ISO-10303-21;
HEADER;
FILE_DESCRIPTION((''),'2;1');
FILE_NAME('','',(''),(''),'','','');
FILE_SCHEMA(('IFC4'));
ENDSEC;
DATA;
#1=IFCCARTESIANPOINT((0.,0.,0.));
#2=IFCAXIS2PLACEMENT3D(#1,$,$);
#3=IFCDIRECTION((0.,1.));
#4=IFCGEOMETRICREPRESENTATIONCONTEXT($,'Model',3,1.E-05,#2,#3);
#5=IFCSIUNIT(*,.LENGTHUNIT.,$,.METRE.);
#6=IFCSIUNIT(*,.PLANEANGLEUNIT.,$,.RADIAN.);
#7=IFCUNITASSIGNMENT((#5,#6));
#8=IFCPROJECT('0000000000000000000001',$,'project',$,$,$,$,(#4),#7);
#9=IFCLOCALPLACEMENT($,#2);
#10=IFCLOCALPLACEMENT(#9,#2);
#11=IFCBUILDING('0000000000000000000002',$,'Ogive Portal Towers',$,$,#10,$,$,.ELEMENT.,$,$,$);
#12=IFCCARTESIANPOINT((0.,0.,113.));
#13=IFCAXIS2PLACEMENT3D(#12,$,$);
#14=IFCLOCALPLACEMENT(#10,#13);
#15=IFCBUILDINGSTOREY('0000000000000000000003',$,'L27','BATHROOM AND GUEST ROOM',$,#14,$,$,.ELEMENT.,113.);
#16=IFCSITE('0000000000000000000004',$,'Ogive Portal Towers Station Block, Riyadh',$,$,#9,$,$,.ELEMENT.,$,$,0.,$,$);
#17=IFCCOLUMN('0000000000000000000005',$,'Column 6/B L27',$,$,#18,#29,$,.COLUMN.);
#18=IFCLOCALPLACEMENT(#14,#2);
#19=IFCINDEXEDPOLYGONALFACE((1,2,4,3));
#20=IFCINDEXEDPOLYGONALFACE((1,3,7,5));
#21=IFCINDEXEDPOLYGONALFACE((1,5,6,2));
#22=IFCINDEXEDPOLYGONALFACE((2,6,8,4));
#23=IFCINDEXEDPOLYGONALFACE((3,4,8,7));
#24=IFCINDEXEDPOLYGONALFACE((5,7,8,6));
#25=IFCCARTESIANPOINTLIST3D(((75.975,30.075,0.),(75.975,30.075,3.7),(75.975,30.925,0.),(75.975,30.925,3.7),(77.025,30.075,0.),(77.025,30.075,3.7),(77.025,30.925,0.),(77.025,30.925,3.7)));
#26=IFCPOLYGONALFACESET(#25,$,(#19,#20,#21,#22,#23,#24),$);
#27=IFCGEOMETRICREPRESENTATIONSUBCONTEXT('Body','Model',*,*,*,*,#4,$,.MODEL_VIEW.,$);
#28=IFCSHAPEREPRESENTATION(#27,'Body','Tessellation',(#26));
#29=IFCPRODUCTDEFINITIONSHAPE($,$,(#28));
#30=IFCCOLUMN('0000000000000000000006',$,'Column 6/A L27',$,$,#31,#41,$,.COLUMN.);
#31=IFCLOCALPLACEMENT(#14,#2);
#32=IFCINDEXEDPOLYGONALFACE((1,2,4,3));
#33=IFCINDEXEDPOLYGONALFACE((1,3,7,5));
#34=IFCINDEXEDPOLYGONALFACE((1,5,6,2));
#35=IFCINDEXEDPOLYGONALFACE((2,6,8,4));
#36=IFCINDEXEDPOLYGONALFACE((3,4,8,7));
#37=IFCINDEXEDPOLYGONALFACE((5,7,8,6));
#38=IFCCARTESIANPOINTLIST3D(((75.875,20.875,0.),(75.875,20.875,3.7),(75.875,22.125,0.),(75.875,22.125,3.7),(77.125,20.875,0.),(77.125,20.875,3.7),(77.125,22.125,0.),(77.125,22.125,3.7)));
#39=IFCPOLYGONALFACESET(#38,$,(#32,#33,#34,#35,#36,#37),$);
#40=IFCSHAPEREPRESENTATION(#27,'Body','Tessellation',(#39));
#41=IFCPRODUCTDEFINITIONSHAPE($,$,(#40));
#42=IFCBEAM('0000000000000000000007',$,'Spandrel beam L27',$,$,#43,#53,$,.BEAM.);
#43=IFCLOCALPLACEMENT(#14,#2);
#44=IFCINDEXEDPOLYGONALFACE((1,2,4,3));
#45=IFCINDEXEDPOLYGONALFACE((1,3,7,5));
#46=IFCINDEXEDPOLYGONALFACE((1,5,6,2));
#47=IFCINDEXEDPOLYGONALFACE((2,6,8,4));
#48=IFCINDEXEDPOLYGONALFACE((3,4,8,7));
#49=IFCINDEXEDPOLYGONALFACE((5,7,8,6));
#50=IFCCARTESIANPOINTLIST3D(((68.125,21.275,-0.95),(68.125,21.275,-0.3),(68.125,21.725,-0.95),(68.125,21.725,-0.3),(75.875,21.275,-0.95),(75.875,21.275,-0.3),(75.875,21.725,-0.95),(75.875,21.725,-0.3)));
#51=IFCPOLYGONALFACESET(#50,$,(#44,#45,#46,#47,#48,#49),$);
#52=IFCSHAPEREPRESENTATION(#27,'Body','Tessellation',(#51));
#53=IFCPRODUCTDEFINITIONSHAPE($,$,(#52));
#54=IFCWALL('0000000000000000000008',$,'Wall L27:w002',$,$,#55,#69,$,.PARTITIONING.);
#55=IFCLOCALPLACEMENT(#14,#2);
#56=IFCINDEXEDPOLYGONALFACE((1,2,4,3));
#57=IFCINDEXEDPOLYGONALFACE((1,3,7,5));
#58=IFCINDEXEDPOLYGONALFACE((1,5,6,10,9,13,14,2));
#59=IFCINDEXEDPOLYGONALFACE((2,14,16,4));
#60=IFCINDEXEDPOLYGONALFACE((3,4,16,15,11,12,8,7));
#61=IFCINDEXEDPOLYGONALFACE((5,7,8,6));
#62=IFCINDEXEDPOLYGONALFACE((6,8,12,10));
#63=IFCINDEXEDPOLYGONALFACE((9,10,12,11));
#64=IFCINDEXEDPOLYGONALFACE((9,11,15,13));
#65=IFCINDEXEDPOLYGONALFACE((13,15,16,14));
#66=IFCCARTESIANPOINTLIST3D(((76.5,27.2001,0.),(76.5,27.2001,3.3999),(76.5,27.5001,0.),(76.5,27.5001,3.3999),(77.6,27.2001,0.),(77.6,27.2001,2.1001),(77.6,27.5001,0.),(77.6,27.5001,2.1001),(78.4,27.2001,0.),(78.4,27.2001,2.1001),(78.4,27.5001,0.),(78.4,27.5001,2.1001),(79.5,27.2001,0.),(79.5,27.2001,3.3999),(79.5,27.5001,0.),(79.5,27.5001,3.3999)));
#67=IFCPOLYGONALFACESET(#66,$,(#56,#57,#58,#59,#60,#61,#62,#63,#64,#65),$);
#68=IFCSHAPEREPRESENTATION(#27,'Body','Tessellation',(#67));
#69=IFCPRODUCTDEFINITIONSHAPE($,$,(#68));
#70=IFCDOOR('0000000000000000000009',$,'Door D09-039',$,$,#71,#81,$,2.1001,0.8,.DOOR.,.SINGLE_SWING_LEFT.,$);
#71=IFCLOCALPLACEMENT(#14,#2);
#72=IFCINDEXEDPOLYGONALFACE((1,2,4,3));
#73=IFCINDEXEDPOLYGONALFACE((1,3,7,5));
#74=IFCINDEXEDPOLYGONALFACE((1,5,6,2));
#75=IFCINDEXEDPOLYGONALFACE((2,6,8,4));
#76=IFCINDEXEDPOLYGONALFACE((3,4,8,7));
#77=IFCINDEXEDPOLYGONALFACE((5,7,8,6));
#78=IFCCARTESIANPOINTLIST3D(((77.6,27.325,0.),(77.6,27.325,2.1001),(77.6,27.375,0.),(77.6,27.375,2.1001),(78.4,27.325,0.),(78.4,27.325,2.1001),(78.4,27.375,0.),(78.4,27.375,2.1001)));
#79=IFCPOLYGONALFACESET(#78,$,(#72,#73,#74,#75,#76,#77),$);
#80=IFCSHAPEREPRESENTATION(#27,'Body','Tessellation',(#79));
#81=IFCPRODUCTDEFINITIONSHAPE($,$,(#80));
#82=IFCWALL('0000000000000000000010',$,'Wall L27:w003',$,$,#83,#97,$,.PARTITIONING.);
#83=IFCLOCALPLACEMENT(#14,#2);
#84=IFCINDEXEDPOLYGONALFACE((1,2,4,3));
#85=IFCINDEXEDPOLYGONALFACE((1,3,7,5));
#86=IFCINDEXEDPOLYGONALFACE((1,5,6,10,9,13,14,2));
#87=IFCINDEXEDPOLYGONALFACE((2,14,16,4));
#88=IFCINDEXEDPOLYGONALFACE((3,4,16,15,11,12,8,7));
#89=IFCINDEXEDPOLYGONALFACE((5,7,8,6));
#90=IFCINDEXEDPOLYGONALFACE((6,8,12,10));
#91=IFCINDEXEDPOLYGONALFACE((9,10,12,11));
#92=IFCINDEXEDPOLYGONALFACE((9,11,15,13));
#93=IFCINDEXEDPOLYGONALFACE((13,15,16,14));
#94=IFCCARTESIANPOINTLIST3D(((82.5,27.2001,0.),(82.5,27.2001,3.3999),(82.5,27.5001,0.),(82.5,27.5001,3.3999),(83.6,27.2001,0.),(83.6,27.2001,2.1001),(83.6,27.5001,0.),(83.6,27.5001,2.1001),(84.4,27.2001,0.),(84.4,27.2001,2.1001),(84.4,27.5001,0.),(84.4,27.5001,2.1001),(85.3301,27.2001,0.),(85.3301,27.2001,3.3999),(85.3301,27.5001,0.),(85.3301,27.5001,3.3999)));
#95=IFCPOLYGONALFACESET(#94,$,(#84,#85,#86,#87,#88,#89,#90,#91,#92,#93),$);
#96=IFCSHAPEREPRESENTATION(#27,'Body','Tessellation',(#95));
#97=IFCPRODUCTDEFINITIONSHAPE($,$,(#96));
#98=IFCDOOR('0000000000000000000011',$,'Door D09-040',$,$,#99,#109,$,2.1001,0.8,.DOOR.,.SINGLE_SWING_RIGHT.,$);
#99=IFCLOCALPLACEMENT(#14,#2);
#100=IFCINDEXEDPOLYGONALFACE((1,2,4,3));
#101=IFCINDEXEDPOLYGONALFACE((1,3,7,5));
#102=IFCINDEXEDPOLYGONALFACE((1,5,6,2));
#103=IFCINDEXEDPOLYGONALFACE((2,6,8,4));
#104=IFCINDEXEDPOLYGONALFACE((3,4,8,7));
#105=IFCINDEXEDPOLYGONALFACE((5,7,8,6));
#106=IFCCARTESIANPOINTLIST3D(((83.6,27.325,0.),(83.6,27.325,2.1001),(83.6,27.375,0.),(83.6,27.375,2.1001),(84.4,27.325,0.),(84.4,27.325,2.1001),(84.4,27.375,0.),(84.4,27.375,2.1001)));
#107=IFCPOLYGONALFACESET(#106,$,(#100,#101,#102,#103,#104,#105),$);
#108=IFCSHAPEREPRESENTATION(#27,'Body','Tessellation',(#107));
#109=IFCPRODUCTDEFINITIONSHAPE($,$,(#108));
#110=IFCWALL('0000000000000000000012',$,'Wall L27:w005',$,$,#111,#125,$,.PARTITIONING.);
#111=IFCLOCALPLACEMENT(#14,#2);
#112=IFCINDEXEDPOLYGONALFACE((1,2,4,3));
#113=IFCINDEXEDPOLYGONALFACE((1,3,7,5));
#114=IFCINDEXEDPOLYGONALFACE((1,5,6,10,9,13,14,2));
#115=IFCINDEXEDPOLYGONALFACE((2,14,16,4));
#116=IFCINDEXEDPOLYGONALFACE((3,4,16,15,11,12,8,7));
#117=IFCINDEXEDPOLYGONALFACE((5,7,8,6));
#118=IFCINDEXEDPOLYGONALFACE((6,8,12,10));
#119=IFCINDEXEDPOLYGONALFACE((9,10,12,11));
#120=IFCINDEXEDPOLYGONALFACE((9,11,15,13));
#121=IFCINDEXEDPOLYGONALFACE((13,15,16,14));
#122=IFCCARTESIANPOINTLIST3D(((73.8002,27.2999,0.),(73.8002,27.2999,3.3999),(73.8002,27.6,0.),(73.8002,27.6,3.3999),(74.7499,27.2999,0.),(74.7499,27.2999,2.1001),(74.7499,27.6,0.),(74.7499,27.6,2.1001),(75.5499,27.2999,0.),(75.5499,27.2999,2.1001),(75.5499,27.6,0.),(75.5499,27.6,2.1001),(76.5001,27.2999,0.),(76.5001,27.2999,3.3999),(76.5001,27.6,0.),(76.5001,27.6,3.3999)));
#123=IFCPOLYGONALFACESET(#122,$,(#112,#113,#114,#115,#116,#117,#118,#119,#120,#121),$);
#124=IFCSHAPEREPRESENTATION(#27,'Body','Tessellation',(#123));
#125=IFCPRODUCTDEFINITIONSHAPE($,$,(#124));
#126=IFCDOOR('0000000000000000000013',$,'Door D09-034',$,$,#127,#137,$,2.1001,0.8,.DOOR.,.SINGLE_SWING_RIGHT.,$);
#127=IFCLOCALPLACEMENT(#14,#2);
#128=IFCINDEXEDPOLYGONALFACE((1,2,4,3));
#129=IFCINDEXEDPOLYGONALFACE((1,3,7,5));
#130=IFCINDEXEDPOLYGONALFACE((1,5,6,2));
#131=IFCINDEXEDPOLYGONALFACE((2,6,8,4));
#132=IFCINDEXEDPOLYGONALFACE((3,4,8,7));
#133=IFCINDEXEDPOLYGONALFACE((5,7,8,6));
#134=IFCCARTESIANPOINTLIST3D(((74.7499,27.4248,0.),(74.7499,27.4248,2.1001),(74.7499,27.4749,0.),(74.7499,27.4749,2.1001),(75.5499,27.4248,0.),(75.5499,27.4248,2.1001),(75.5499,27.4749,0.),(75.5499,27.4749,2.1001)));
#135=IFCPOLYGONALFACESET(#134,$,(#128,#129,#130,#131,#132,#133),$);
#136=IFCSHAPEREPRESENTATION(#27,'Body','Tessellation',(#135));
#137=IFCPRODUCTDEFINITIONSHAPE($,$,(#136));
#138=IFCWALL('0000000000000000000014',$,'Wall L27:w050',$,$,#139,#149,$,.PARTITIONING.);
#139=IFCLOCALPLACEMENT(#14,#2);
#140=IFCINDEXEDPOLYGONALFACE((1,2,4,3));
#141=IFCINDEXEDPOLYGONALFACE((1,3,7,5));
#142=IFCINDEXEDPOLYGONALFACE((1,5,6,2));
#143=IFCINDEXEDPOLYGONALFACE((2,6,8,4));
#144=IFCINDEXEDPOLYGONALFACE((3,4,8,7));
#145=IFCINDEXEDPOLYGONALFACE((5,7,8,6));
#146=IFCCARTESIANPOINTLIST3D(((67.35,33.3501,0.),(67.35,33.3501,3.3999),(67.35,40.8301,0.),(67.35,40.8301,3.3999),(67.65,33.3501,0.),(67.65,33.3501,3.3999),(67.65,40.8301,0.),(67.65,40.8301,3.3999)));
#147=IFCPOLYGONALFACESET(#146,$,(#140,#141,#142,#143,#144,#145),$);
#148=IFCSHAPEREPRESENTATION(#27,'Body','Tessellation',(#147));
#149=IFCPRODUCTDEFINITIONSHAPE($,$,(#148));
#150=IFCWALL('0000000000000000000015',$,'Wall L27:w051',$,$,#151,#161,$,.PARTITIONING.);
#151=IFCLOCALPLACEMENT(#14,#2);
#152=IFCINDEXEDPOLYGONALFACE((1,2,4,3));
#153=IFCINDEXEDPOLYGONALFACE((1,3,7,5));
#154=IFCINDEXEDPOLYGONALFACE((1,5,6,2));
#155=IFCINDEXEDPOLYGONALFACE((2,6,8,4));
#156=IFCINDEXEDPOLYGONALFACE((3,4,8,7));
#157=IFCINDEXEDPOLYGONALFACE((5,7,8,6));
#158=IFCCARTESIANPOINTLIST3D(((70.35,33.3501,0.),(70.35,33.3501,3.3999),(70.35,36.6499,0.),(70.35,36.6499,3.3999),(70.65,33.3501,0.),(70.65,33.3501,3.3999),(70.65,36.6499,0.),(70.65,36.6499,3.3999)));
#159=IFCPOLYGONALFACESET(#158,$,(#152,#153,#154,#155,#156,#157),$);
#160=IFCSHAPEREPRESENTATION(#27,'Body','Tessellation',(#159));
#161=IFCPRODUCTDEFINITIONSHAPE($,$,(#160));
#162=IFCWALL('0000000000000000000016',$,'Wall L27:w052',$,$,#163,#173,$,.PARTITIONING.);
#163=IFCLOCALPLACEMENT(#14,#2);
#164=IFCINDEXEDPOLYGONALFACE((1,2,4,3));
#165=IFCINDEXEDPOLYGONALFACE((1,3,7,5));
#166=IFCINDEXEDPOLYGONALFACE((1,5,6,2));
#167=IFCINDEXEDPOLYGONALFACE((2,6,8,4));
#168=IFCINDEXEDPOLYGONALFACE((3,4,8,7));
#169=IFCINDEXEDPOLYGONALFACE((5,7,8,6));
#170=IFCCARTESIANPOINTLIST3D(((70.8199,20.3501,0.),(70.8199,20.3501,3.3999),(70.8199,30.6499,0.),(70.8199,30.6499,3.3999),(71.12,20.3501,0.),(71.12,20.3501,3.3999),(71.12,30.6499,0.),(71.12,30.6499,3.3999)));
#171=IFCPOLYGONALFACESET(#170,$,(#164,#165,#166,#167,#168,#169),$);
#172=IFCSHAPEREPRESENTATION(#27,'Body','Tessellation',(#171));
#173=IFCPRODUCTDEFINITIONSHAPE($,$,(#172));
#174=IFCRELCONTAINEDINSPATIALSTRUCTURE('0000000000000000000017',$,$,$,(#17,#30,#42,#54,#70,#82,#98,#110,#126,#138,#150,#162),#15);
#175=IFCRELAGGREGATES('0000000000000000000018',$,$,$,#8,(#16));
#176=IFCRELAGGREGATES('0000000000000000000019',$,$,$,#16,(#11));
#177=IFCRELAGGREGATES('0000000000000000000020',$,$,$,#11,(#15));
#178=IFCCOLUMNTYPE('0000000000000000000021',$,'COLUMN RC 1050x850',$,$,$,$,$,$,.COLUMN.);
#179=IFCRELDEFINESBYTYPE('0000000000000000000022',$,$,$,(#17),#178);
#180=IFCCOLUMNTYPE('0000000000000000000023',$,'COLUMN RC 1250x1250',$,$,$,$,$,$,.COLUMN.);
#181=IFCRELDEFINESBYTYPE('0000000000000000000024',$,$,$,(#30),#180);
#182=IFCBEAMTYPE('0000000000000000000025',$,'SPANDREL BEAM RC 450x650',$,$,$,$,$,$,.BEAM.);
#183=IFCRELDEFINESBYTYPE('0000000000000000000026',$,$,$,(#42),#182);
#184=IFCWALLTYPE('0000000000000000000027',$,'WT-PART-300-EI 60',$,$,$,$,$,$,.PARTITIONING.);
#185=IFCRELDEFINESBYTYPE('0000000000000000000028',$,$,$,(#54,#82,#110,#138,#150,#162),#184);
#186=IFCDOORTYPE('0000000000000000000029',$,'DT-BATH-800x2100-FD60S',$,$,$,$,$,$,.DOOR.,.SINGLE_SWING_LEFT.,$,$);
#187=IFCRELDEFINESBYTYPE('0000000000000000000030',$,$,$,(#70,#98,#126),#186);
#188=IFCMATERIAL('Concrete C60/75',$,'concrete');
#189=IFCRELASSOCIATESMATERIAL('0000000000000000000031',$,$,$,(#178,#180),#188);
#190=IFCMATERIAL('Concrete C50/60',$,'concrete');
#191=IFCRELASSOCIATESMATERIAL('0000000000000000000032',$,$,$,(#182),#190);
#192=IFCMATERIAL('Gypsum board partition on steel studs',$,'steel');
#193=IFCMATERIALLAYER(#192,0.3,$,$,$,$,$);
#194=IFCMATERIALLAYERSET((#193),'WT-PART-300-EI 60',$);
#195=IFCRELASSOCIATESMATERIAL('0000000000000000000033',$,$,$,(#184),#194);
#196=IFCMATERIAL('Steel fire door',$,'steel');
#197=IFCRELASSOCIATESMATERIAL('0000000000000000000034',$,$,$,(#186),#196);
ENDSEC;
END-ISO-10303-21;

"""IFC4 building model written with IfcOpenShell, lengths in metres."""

from ifc_helpers import new_model, si_unit, direction, frame, frame_2d, origin, origin_2d, place, context, subcontext, project, spatial, rectangle, extrude, material, layer, layer_set, material_profile, profile_set, type_object, element, fill, save


model = new_model("IFC4")

# Units and contexts
model_context = context("Model", 3, precision=1e-05, world=origin(), true_north=direction((0.0, 1.0)))
body_context = subcontext(model_context, "Body", "Model", "MODEL_VIEW")
ifc_project = project(units=[si_unit("LENGTHUNIT", "METRE"), si_unit("PLANEANGLEUNIT", "RADIAN")], contexts=[model_context])

# Site, building, storey
site_placement = place(None, origin())
site = spatial("IfcSite", under=ifc_project, at=site_placement, Name="Ogive Portal Towers Station Block, Riyadh", CompositionType="ELEMENT", RefElevation=0.0)
building_placement = place(site_placement, origin())
building = spatial("IfcBuilding", under=site, at=building_placement, Name="Ogive Portal Towers", CompositionType="ELEMENT")
storey_placement = place(building_placement, frame((0.0, 0.0, 113.0)))
storey = spatial("IfcBuildingStorey", under=building, at=storey_placement, Name="L27", Description="BATHROOM AND GUEST ROOM", CompositionType="ELEMENT", Elevation=113.0)

# Columns
ifc_material_1 = material(Name="Concrete C60/75", Category="concrete")
ifc_material_profile_1 = material_profile(ifc_material_1, rectangle(XDim=1.05, YDim=0.8501, at=origin_2d()), Name="RC 1050x850")
ifc_profile_set_1 = profile_set([ifc_material_profile_1], Name="Concrete C60/75")
column_type_1 = type_object("IfcColumnType", Name="COLUMN RC 1050x850", PredefinedType="COLUMN", material=ifc_profile_set_1)
column_1_placement = place(storey_placement, frame((76.5, 30.5, 0.0), z_axis=(0.0, 0.0, 1.0), x_axis=(1.0, 0.0, 0.0)))
element("IfcColumn", 1, at=column_1_placement, inside=storey, type_object=column_type_1, Name="Column 6/B L27", PredefinedType="COLUMN", context=body_context, shape_type="SweptSolid", body=[
    extrude(rectangle(XDim=1.05, YDim=0.8501, at=origin_2d()), origin(), (0.0, 0.0, 1.0), 3.7),
])
ifc_material_profile_2 = material_profile(ifc_material_1, rectangle(XDim=1.25, YDim=1.25, at=origin_2d()), Name="RC 1250x1250")
ifc_profile_set_2 = profile_set([ifc_material_profile_2], Name="Concrete C60/75")
column_type_2 = type_object("IfcColumnType", Name="COLUMN RC 1250x1250", PredefinedType="COLUMN", material=ifc_profile_set_2)
column_2_placement = place(storey_placement, frame((76.5, 21.5, 0.0), z_axis=(0.0, 0.0, 1.0), x_axis=(1.0, 0.0, 0.0)))
element("IfcColumn", 2, at=column_2_placement, inside=storey, type_object=column_type_2, Name="Column 6/A L27", PredefinedType="COLUMN", context=body_context, shape_type="SweptSolid", body=[
    extrude(rectangle(XDim=1.25, YDim=1.25, at=origin_2d()), origin(), (0.0, 0.0, 1.0), 3.7),
])

# Beam
ifc_material_2 = material(Name="Concrete C50/60", Category="concrete")
ifc_material_profile_3 = material_profile(ifc_material_2, rectangle(XDim=0.45, YDim=0.6499, at=origin_2d()), Name="RC 450x650")
ifc_profile_set_3 = profile_set([ifc_material_profile_3], Name="Concrete C50/60")
beam_type = type_object("IfcBeamType", Name="SPANDREL BEAM RC 450x650", PredefinedType="BEAM", material=ifc_profile_set_3)
beam_placement = place(storey_placement, frame((75.875, 21.5, -0.625), z_axis=(-1.0, 0.0, 0.0), x_axis=(0.0, -1.0, 0.0)))
element("IfcBeam", 3, at=beam_placement, inside=storey, type_object=beam_type, Name="Spandrel beam L27", PredefinedType="BEAM", context=body_context, shape_type="SweptSolid", body=[
    extrude(rectangle(XDim=0.45, YDim=0.6499, at=origin_2d()), origin(), (0.0, 0.0, 1.0), 7.75),
])

# Walls, openings, doors
ifc_material_3 = material(Name="Gypsum board partition on steel studs", Category="steel")
ifc_layer = layer(ifc_material_3, 0.3)
ifc_layer_set = layer_set([ifc_layer], Name="WT-PART-300-EI 60")
wall_type = type_object("IfcWallType", Name="WT-PART-300-EI 60", PredefinedType="PARTITIONING", material=ifc_layer_set)
wall_1_placement = place(storey_placement, frame((76.5, 27.3501, 0.0), z_axis=(0.0, 0.0, 1.0), x_axis=(1.0, 0.0, 0.0)))
wall_1 = element("IfcWall", 4, at=wall_1_placement, inside=storey, type_object=wall_type, Name="Wall L27:w002", PredefinedType="PARTITIONING", context=body_context, shape_type="SweptSolid", body=[
    extrude(rectangle(XDim=3.0, YDim=0.3, at=frame_2d((1.5, 0.0))), origin(), (0.0, 0.0, 1.0), 3.3999),
])
opening_1_placement = place(wall_1_placement, frame((1.1001, 0.0, 0.0)))
opening_1 = element("IfcOpeningElement", 5, at=opening_1_placement, cuts=wall_1, PredefinedType="OPENING", context=body_context, shape_type="SweptSolid", body=[
    extrude(rectangle(XDim=0.8, YDim=2.1001, at=frame_2d((0.3999, 1.05))), frame((0.0, 0.1602, 0.0), z_axis=(0.0, -1.0, 0.0), x_axis=(1.0, 0.0, 0.0)), (0.0, 0.0, 1.0), 0.3201),
])
ifc_material_4 = material(Name="Steel fire door", Category="steel")
door_type = type_object("IfcDoorType", Name="DT-BATH-800x2100-FD60S", OperationType="SINGLE_SWING_LEFT", PredefinedType="DOOR", material=ifc_material_4)
door_1_placement = place(opening_1_placement, origin())
door_1 = element("IfcDoor", 6, at=door_1_placement, inside=storey, type_object=door_type, Name="Door D09-039", OperationType="SINGLE_SWING_LEFT", OverallHeight=2.1001, OverallWidth=0.8, PredefinedType="DOOR", context=body_context, shape_type="SweptSolid", body=[
    extrude(rectangle(XDim=0.8, YDim=2.1001, at=frame_2d((0.3999, 1.05))), frame((0.0, 0.0249, 0.0), z_axis=(0.0, -1.0, 0.0), x_axis=(1.0, 0.0, 0.0)), (0.0, 0.0, 1.0), 0.05),
])
fill(opening_1, door_1)
wall_2_placement = place(storey_placement, frame((82.5, 27.3501, 0.0), z_axis=(0.0, 0.0, 1.0), x_axis=(1.0, 0.0, 0.0)))
wall_2 = element("IfcWall", 7, at=wall_2_placement, inside=storey, type_object=wall_type, Name="Wall L27:w003", PredefinedType="PARTITIONING", context=body_context, shape_type="SweptSolid", body=[
    extrude(rectangle(XDim=2.8301, YDim=0.3, at=frame_2d((1.415, 0.0))), origin(), (0.0, 0.0, 1.0), 3.3999),
])
opening_2_placement = place(wall_2_placement, frame((1.1001, 0.0, 0.0)))
opening_2 = element("IfcOpeningElement", 8, at=opening_2_placement, cuts=wall_2, PredefinedType="OPENING", context=body_context, shape_type="SweptSolid", body=[
    extrude(rectangle(XDim=0.8, YDim=2.1001, at=frame_2d((0.3999, 1.05))), frame((0.0, 0.1602, 0.0), z_axis=(0.0, -1.0, 0.0), x_axis=(1.0, 0.0, 0.0)), (0.0, 0.0, 1.0), 0.3201),
])
door_2_placement = place(opening_2_placement, origin())
door_2 = element("IfcDoor", 9, at=door_2_placement, inside=storey, type_object=door_type, Name="Door D09-040", OperationType="SINGLE_SWING_RIGHT", OverallHeight=2.1001, OverallWidth=0.8, PredefinedType="DOOR", context=body_context, shape_type="SweptSolid", body=[
    extrude(rectangle(XDim=0.8, YDim=2.1001, at=frame_2d((0.3999, 1.05))), frame((0.0, 0.0249, 0.0), z_axis=(0.0, -1.0, 0.0), x_axis=(1.0, 0.0, 0.0)), (0.0, 0.0, 1.0), 0.05),
])
fill(opening_2, door_2)
wall_3_placement = place(storey_placement, frame((73.8, 27.45, 0.0), z_axis=(0.0, 0.0, 1.0), x_axis=(1.0, 0.0, 0.0)))
wall_3 = element("IfcWall", 10, at=wall_3_placement, inside=storey, type_object=wall_type, Name="Wall L27:w005", PredefinedType="PARTITIONING", context=body_context, shape_type="SweptSolid", body=[
    extrude(rectangle(XDim=2.7, YDim=0.3, at=frame_2d((1.3501, 0.0))), origin(), (0.0, 0.0, 1.0), 3.3999),
])
opening_3_placement = place(wall_3_placement, frame((0.95, 0.0, 0.0)))
opening_3 = element("IfcOpeningElement", 11, at=opening_3_placement, cuts=wall_3, PredefinedType="OPENING", context=body_context, shape_type="SweptSolid", body=[
    extrude(rectangle(XDim=0.8, YDim=2.1001, at=frame_2d((0.3999, 1.05))), frame((0.0, 0.1602, 0.0), z_axis=(0.0, -1.0, 0.0), x_axis=(1.0, 0.0, 0.0)), (0.0, 0.0, 1.0), 0.3201),
])
door_3_placement = place(opening_3_placement, origin())
door_3 = element("IfcDoor", 12, at=door_3_placement, inside=storey, type_object=door_type, Name="Door D09-034", OperationType="SINGLE_SWING_RIGHT", OverallHeight=2.1001, OverallWidth=0.8, PredefinedType="DOOR", context=body_context, shape_type="SweptSolid", body=[
    extrude(rectangle(XDim=0.8, YDim=2.1001, at=frame_2d((0.3999, 1.05))), frame((0.0, 0.0249, 0.0), z_axis=(0.0, -1.0, 0.0), x_axis=(1.0, 0.0, 0.0)), (0.0, 0.0, 1.0), 0.05),
])
fill(opening_3, door_3)

# Walls
wall_4_placement = place(storey_placement, frame((67.5, 33.3501, 0.0), z_axis=(0.0, 0.0, 1.0), x_axis=(0.0, 1.0, 0.0)))
element("IfcWall", 13, at=wall_4_placement, inside=storey, type_object=wall_type, Name="Wall L27:w050", PredefinedType="PARTITIONING", context=body_context, shape_type="SweptSolid", body=[
    extrude(rectangle(XDim=7.48, YDim=0.3, at=frame_2d((3.74, 0.0))), origin(), (0.0, 0.0, 1.0), 3.3999),
])
wall_5_placement = place(storey_placement, frame((70.5, 33.3501, 0.0), z_axis=(0.0, 0.0, 1.0), x_axis=(0.0, 1.0, 0.0)))
element("IfcWall", 14, at=wall_5_placement, inside=storey, type_object=wall_type, Name="Wall L27:w051", PredefinedType="PARTITIONING", context=body_context, shape_type="SweptSolid", body=[
    extrude(rectangle(XDim=3.2998, YDim=0.3, at=frame_2d((1.6499, 0.0))), origin(), (0.0, 0.0, 1.0), 3.3999),
])
wall_6_placement = place(storey_placement, frame((70.97, 20.3501, 0.0), z_axis=(0.0, 0.0, 1.0), x_axis=(0.0, 1.0, 0.0)))
element("IfcWall", 15, at=wall_6_placement, inside=storey, type_object=wall_type, Name="Wall L27:w052", PredefinedType="PARTITIONING", context=body_context, shape_type="SweptSolid", body=[
    extrude(rectangle(XDim=10.2998, YDim=0.3, at=frame_2d((5.1499, 0.0))), origin(), (0.0, 0.0, 1.0), 3.3999),
])

save(model, "model.ifc")
